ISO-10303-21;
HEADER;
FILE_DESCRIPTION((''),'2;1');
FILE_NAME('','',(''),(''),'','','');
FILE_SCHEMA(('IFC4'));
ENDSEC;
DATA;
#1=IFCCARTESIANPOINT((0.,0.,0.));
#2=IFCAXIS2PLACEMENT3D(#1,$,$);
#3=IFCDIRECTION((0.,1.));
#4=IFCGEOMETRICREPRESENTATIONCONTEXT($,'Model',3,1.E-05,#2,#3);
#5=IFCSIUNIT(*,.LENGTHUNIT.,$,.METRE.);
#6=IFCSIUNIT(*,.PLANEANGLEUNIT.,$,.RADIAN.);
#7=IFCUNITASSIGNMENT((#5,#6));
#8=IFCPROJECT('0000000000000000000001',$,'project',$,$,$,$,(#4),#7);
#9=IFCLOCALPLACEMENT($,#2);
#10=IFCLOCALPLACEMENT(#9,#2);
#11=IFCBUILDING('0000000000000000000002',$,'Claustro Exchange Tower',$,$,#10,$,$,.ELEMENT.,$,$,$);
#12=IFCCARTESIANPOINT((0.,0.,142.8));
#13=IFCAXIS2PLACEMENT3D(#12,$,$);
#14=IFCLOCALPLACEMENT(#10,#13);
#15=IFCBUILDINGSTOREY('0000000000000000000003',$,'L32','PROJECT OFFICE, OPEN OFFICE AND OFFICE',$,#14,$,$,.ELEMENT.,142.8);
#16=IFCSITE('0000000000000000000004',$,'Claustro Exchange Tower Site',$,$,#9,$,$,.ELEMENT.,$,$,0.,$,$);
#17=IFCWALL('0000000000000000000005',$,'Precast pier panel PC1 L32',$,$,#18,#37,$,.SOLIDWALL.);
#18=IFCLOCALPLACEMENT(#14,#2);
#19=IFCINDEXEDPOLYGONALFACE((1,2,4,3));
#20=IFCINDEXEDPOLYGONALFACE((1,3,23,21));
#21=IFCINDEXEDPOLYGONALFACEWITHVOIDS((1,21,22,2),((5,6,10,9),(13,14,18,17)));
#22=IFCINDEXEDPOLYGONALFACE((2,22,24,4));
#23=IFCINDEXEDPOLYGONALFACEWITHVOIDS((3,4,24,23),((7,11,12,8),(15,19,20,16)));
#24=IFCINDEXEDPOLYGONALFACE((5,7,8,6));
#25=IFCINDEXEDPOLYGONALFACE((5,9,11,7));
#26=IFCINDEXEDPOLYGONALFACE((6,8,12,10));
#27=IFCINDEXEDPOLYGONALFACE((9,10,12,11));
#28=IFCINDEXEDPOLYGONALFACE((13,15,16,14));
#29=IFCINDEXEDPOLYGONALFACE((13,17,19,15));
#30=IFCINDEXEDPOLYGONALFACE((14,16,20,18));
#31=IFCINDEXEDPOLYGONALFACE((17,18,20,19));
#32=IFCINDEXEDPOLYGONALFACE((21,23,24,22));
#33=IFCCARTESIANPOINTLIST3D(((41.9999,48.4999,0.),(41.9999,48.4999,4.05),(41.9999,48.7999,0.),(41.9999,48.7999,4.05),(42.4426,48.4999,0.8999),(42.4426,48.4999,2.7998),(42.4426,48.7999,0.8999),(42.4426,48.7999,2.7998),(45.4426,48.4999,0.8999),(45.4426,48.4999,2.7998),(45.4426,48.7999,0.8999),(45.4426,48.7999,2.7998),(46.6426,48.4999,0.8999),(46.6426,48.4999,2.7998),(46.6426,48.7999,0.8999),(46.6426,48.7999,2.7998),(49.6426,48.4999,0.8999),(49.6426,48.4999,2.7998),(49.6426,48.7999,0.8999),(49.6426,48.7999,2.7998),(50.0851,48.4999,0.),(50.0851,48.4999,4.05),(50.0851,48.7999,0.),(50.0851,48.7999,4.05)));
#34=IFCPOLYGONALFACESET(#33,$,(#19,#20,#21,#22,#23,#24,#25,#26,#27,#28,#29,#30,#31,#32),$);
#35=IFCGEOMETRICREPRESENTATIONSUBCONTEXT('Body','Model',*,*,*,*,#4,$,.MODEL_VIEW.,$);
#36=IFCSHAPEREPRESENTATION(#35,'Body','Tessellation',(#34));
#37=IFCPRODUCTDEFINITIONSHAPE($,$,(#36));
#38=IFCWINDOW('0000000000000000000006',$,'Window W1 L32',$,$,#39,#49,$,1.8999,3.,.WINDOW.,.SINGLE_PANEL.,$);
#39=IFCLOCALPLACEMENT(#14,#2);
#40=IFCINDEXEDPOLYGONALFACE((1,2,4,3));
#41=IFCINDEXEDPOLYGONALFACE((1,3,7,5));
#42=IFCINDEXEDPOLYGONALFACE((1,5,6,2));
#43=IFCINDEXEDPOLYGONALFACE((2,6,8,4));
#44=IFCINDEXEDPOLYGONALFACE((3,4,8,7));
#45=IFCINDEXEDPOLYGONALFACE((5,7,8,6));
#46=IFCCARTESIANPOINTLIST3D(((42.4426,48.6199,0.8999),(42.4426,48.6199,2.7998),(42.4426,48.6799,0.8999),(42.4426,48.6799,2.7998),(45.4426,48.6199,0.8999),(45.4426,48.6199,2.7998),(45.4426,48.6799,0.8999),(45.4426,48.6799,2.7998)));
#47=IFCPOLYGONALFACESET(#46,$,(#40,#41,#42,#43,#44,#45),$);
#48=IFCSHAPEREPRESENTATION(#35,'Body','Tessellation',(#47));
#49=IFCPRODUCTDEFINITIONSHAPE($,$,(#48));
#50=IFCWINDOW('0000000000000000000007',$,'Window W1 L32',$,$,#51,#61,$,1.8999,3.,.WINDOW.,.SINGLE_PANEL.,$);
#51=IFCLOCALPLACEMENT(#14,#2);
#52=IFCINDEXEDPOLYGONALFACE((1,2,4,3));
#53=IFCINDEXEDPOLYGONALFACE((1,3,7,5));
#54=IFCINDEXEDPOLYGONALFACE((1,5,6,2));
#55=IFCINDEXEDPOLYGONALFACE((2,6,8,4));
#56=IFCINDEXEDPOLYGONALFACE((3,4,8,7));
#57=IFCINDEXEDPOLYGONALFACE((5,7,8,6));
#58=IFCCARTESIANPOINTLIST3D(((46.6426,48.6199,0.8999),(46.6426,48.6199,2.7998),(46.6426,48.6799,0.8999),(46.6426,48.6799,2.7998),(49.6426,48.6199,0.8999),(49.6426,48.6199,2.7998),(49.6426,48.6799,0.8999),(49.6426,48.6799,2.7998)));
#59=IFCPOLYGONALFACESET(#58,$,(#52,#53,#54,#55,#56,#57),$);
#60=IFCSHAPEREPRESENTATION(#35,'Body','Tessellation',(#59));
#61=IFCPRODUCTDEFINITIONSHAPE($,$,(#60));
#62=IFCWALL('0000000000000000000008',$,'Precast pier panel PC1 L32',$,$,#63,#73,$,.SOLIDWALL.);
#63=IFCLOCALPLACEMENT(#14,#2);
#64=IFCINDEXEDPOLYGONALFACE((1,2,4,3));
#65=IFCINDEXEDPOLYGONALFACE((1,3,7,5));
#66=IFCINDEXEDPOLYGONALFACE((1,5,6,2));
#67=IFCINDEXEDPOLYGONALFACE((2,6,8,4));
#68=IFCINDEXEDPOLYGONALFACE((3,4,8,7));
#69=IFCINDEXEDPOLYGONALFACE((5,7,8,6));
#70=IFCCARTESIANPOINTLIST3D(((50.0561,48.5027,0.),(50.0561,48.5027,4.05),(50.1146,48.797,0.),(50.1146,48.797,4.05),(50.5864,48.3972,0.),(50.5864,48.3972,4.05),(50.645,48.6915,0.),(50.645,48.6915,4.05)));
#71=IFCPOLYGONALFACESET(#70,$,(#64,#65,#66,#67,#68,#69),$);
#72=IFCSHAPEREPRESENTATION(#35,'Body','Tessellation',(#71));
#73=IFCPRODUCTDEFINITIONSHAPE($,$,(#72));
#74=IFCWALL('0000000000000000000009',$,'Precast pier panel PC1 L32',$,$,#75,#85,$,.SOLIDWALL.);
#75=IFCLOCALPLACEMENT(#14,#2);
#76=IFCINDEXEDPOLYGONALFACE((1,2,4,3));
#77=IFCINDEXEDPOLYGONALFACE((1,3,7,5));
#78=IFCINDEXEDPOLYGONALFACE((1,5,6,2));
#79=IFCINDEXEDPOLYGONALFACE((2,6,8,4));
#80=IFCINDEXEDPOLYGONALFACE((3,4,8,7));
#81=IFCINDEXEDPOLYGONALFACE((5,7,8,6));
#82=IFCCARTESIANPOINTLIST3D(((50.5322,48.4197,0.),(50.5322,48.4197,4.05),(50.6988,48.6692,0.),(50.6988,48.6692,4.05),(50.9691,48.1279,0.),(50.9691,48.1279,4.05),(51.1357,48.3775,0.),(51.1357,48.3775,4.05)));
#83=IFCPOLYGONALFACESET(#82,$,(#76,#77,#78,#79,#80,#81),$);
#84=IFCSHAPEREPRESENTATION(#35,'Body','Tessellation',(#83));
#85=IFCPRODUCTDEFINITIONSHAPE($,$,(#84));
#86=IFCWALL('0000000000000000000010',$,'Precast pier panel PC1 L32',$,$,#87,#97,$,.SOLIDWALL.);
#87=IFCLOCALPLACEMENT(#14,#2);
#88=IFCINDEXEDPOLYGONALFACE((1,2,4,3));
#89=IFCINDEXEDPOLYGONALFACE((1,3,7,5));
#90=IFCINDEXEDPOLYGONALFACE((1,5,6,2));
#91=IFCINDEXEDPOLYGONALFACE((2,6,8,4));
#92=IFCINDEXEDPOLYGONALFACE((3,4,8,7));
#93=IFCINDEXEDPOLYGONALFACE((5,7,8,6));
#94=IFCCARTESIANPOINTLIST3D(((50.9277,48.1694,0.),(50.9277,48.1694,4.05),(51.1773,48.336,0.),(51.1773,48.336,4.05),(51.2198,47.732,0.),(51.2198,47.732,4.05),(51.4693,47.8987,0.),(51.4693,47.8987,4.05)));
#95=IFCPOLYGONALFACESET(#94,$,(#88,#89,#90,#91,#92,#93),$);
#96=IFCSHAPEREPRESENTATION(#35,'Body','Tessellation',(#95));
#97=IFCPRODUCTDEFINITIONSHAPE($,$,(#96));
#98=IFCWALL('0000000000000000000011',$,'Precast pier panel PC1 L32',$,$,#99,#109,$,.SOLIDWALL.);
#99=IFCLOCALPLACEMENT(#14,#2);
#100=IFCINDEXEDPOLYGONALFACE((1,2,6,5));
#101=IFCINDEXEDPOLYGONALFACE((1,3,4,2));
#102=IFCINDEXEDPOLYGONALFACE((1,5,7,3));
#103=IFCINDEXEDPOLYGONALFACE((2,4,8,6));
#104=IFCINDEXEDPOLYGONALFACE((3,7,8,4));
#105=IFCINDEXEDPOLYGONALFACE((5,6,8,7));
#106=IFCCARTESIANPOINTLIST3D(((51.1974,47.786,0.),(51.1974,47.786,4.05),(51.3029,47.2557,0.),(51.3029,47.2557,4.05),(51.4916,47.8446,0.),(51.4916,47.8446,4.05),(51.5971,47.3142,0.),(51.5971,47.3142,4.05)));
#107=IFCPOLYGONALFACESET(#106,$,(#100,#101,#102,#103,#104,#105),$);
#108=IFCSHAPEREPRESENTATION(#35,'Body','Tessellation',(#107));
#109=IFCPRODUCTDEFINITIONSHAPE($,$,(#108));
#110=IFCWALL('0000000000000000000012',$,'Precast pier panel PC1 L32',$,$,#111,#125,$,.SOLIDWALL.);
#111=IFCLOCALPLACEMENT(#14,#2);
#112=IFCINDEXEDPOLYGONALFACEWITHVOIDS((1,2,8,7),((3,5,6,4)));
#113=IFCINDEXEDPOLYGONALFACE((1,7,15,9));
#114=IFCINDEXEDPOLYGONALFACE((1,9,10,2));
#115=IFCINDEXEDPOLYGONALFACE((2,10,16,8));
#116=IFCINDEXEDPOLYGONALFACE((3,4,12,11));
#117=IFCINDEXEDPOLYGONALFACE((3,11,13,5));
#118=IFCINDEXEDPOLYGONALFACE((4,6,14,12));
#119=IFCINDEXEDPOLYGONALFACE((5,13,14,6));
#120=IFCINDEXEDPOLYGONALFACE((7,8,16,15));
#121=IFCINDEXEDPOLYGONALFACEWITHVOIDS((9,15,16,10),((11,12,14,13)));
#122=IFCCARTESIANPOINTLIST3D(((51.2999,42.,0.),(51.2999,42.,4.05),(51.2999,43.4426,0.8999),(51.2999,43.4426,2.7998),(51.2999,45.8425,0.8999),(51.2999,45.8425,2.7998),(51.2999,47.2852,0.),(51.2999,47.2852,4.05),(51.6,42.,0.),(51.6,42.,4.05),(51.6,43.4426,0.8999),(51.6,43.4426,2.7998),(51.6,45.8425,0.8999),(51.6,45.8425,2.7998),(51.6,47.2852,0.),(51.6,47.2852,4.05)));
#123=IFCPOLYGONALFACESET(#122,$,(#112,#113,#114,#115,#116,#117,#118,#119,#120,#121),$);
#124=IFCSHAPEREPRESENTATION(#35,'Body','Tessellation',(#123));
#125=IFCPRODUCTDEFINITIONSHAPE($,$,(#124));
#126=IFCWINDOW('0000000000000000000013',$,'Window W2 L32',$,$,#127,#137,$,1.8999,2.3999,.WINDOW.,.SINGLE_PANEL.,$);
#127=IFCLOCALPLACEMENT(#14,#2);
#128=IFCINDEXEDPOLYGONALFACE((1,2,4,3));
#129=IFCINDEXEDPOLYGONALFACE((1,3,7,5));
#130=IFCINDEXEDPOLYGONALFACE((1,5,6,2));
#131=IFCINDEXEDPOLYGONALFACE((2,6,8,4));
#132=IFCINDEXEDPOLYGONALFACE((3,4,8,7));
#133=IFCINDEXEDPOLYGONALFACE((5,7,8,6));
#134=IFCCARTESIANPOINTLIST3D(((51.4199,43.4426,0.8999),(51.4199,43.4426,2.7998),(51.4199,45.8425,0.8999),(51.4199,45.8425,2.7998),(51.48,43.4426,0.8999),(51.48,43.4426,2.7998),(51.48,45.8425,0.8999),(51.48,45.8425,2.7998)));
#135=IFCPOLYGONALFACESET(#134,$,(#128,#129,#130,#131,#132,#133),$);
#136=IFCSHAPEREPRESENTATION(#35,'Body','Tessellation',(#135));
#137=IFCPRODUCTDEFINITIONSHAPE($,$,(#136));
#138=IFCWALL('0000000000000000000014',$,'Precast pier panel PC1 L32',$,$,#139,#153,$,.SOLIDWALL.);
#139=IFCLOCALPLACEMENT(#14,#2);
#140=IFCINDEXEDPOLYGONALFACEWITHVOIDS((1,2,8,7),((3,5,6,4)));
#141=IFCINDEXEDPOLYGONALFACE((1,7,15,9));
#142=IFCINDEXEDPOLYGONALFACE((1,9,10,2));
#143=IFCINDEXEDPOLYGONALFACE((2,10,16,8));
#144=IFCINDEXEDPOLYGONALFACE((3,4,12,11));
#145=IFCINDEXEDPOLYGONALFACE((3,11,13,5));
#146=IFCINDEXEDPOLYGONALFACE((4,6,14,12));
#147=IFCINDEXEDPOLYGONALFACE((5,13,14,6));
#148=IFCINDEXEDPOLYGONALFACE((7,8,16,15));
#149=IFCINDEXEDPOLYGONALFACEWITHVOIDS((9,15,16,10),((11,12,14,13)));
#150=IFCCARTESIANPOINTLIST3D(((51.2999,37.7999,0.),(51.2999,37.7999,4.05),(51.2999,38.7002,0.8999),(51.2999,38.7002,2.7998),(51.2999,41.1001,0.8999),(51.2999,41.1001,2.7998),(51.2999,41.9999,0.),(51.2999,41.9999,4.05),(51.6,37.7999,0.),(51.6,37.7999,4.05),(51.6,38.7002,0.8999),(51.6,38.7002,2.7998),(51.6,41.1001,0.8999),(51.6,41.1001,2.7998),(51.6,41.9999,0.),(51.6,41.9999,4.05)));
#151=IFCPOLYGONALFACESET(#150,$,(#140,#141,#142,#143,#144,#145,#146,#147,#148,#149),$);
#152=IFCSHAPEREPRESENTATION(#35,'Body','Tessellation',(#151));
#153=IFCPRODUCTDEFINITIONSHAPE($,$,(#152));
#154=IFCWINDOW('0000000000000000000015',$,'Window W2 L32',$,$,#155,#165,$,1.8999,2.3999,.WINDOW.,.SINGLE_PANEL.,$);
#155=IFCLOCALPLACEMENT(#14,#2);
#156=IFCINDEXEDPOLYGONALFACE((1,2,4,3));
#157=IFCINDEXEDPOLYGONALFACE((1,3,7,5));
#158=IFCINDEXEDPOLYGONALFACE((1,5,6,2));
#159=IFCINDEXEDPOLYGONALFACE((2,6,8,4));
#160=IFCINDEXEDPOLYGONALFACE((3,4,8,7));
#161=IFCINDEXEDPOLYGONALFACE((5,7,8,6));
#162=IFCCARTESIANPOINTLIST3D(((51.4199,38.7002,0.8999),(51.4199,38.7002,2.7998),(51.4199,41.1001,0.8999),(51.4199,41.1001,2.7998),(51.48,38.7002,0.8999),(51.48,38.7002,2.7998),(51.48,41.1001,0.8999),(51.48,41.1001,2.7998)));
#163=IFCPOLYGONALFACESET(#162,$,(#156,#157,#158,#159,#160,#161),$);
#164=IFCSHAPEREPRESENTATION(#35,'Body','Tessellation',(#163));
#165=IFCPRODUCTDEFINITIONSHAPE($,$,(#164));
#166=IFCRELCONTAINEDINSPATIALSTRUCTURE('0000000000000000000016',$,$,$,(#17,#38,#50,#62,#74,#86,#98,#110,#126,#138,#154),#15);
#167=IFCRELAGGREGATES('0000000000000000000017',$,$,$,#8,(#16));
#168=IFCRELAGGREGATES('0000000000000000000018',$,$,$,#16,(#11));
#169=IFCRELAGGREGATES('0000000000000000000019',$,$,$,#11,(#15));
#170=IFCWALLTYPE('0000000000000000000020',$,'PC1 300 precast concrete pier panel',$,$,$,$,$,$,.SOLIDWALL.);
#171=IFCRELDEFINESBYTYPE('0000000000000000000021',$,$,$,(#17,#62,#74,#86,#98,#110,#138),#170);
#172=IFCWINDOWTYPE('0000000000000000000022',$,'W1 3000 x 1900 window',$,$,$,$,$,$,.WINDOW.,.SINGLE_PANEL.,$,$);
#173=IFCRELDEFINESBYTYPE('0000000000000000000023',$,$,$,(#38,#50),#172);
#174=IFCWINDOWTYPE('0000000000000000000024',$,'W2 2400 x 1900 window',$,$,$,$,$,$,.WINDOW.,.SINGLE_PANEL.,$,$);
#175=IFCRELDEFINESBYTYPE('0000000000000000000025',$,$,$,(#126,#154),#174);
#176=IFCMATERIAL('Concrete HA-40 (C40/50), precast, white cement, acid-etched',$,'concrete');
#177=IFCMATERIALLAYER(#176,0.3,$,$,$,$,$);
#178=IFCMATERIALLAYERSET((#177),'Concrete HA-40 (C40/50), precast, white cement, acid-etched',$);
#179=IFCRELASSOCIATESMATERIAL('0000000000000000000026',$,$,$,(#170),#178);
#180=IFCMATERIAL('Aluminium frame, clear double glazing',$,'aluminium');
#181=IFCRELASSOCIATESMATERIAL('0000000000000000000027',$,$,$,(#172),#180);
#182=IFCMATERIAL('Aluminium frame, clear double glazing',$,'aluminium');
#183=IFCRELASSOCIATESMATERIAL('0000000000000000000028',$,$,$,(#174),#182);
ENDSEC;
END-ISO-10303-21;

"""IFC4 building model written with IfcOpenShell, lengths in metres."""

from ifc_helpers import new_model, si_unit, direction, frame, frame_2d, origin, place, context, subcontext, project, spatial, rectangle, extrude, material, layer, layer_set, type_object, element, fill, save


model = new_model("IFC4")

# Units and contexts
model_context = context("Model", 3, precision=1e-05, world=origin(), true_north=direction((0.0, 1.0)))
body_context = subcontext(model_context, "Body", "Model", "MODEL_VIEW")
ifc_project = project(units=[si_unit("LENGTHUNIT", "METRE"), si_unit("PLANEANGLEUNIT", "RADIAN")], contexts=[model_context])

# Site, building, storey
site_placement = place(None, origin())
site = spatial("IfcSite", under=ifc_project, at=site_placement, Name="Claustro Exchange Tower Site", CompositionType="ELEMENT", RefElevation=0.0)
building_placement = place(site_placement, origin())
building = spatial("IfcBuilding", under=site, at=building_placement, Name="Claustro Exchange Tower", CompositionType="ELEMENT")
storey_placement = place(building_placement, frame((0.0, 0.0, 142.8)))
storey = spatial("IfcBuildingStorey", under=building, at=storey_placement, Name="L32", Description="PROJECT OFFICE, OPEN OFFICE AND OFFICE", CompositionType="ELEMENT", Elevation=142.8)

# Wall, openings, windows
ifc_material_1 = material(Name="Concrete HA-40 (C40/50), precast, white cement, acid-etched", Category="concrete")
ifc_layer_1 = layer(ifc_material_1, 0.3)
ifc_layer_set_1 = layer_set([ifc_layer_1], Name="Concrete HA-40 (C40/50), precast, white cement, acid-etched")
wall_type_1 = type_object("IfcWallType", Name="PC1 300 precast concrete pier panel", PredefinedType="SOLIDWALL", material=ifc_layer_set_1)
wall_1_placement = place(storey_placement, frame((42.0, 48.6499, 0.0), z_axis=(0.0, 0.0, 1.0), x_axis=(1.0, 0.0, 0.0)))
wall_1 = element("IfcWall", 1, at=wall_1_placement, inside=storey, type_object=wall_type_1, Name="Precast pier panel PC1 L32", PredefinedType="SOLIDWALL", context=body_context, shape_type="SweptSolid", body=[
    extrude(rectangle(XDim=8.0852, YDim=0.3, at=frame_2d((4.0425, 0.0))), origin(), (0.0, 0.0, 1.0), 4.05),
])
opening_1_placement = place(wall_1_placement, frame((0.4426, 0.0, 0.8999)))
opening_1 = element("IfcOpeningElement", 2, at=opening_1_placement, cuts=wall_1, PredefinedType="OPENING", context=body_context, shape_type="SweptSolid", body=[
    extrude(rectangle(XDim=3.0, YDim=1.8999, at=frame_2d((1.5, 0.95))), frame((0.0, 0.1599, 0.0), z_axis=(0.0, -1.0, 0.0), x_axis=(1.0, 0.0, 0.0)), (0.0, 0.0, 1.0), 0.3201),
])
opening_2_placement = place(wall_1_placement, frame((4.6426, 0.0, 0.8999)))
opening_2 = element("IfcOpeningElement", 3, at=opening_2_placement, cuts=wall_1, PredefinedType="OPENING", context=body_context, shape_type="SweptSolid", body=[
    extrude(rectangle(XDim=3.0, YDim=1.8999, at=frame_2d((1.5, 0.95))), frame((0.0, 0.1599, 0.0), z_axis=(0.0, -1.0, 0.0), x_axis=(1.0, 0.0, 0.0)), (0.0, 0.0, 1.0), 0.3201),
])
ifc_material_2 = material(Name="Aluminium frame, clear double glazing", Category="aluminium")
window_type_1 = type_object("IfcWindowType", Name="W1 3000 x 1900 window", PartitioningType="SINGLE_PANEL", PredefinedType="WINDOW", material=ifc_material_2)
window_1_placement = place(opening_1_placement, origin())
window_1 = element("IfcWindow", 4, at=window_1_placement, inside=storey, type_object=window_type_1, Name="Window W1 L32", OverallHeight=1.8999, OverallWidth=3.0, PartitioningType="SINGLE_PANEL", PredefinedType="WINDOW", context=body_context, shape_type="SweptSolid", body=[
    extrude(rectangle(XDim=3.0, YDim=1.8999, at=frame_2d((1.5, 0.95))), frame((0.0, 0.03, 0.0), z_axis=(0.0, -1.0, 0.0), x_axis=(1.0, 0.0, 0.0)), (0.0, 0.0, 1.0), 0.0601),
])
fill(opening_1, window_1)
window_2_placement = place(opening_2_placement, origin())
window_2 = element("IfcWindow", 5, at=window_2_placement, inside=storey, type_object=window_type_1, Name="Window W1 L32", OverallHeight=1.8999, OverallWidth=3.0, PartitioningType="SINGLE_PANEL", PredefinedType="WINDOW", context=body_context, shape_type="SweptSolid", body=[
    extrude(rectangle(XDim=3.0, YDim=1.8999, at=frame_2d((1.5, 0.95))), frame((0.0, 0.03, 0.0), z_axis=(0.0, -1.0, 0.0), x_axis=(1.0, 0.0, 0.0)), (0.0, 0.0, 1.0), 0.0601),
])
fill(opening_2, window_2)

# Walls
wall_2_placement = place(storey_placement, frame((50.0852, 48.6499, 0.0), z_axis=(0.0, 0.0, 1.0), x_axis=(0.980789, -0.195074, 0.0)))
element("IfcWall", 6, at=wall_2_placement, inside=storey, type_object=wall_type_1, Name="Precast pier panel PC1 L32", PredefinedType="SOLIDWALL", context=body_context, shape_type="SweptSolid", body=[
    extrude(rectangle(XDim=0.5408, YDim=0.3, at=frame_2d((0.2705, 0.0))), origin(), (0.0, 0.0, 1.0), 4.05),
])
wall_3_placement = place(storey_placement, frame((50.6155, 48.5444, 0.0), z_axis=(0.0, 0.0, 1.0), x_axis=(0.831693, -0.555236, 0.0)))
element("IfcWall", 7, at=wall_3_placement, inside=storey, type_object=wall_type_1, Name="Precast pier panel PC1 L32", PredefinedType="SOLIDWALL", context=body_context, shape_type="SweptSolid", body=[
    extrude(rectangle(XDim=0.5254, YDim=0.3, at=frame_2d((0.2627, 0.0))), origin(), (0.0, 0.0, 1.0), 4.05),
])
wall_4_placement = place(storey_placement, frame((51.0525, 48.2527, 0.0), z_axis=(0.0, 0.0, 1.0), x_axis=(0.555343, -0.831621, 0.0)))
element("IfcWall", 8, at=wall_4_placement, inside=storey, type_object=wall_type_1, Name="Precast pier panel PC1 L32", PredefinedType="SOLIDWALL", context=body_context, shape_type="SweptSolid", body=[
    extrude(rectangle(XDim=0.5259, YDim=0.3, at=frame_2d((0.2629, 0.0))), origin(), (0.0, 0.0, 1.0), 4.05),
])
wall_5_placement = place(storey_placement, frame((51.3445, 47.8154, 0.0), z_axis=(0.0, 0.0, 1.0), x_axis=(0.195074, -0.980789, 0.0)))
element("IfcWall", 9, at=wall_5_placement, inside=storey, type_object=wall_type_1, Name="Precast pier panel PC1 L32", PredefinedType="SOLIDWALL", context=body_context, shape_type="SweptSolid", body=[
    extrude(rectangle(XDim=0.5408, YDim=0.3, at=frame_2d((0.2705, 0.0))), origin(), (0.0, 0.0, 1.0), 4.05),
])

# Walls, openings, windows
wall_6_placement = place(storey_placement, frame((51.45, 47.2852, 0.0), z_axis=(0.0, 0.0, 1.0), x_axis=(0.0, -1.0, 0.0)))
wall_6 = element("IfcWall", 10, at=wall_6_placement, inside=storey, type_object=wall_type_1, Name="Precast pier panel PC1 L32", PredefinedType="SOLIDWALL", context=body_context, shape_type="SweptSolid", body=[
    extrude(rectangle(XDim=5.2852, YDim=0.3, at=frame_2d((2.6426, 0.0))), origin(), (0.0, 0.0, 1.0), 4.05),
])
opening_3_placement = place(wall_6_placement, frame((1.4426, 0.0, 0.8999)))
opening_3 = element("IfcOpeningElement", 11, at=opening_3_placement, cuts=wall_6, PredefinedType="OPENING", context=body_context, shape_type="SweptSolid", body=[
    extrude(rectangle(XDim=2.3999, YDim=1.8999, at=frame_2d((1.2, 0.95))), frame((0.0, 0.1599, 0.0), z_axis=(0.0, -1.0, 0.0), x_axis=(1.0, 0.0, 0.0)), (0.0, 0.0, 1.0), 0.3201),
])
ifc_material_3 = material(Name="Aluminium frame, clear double glazing", Category="aluminium")
window_type_2 = type_object("IfcWindowType", Name="W2 2400 x 1900 window", PartitioningType="SINGLE_PANEL", PredefinedType="WINDOW", material=ifc_material_3)
window_3_placement = place(opening_3_placement, origin())
window_3 = element("IfcWindow", 12, at=window_3_placement, inside=storey, type_object=window_type_2, Name="Window W2 L32", OverallHeight=1.8999, OverallWidth=2.3999, PartitioningType="SINGLE_PANEL", PredefinedType="WINDOW", context=body_context, shape_type="SweptSolid", body=[
    extrude(rectangle(XDim=2.3999, YDim=1.8999, at=frame_2d((1.2, 0.95))), frame((0.0, 0.03, 0.0), z_axis=(0.0, -1.0, 0.0), x_axis=(1.0, 0.0, 0.0)), (0.0, 0.0, 1.0), 0.0601),
])
fill(opening_3, window_3)
wall_7_placement = place(storey_placement, frame((51.45, 42.0, 0.0), z_axis=(0.0, 0.0, 1.0), x_axis=(0.0, -1.0, 0.0)))
wall_7 = element("IfcWall", 13, at=wall_7_placement, inside=storey, type_object=wall_type_1, Name="Precast pier panel PC1 L32", PredefinedType="SOLIDWALL", context=body_context, shape_type="SweptSolid", body=[
    extrude(rectangle(XDim=4.2, YDim=0.3, at=frame_2d((2.1001, 0.0))), origin(), (0.0, 0.0, 1.0), 4.05),
])
opening_4_placement = place(wall_7_placement, frame((0.8999, 0.0, 0.8999)))
opening_4 = element("IfcOpeningElement", 14, at=opening_4_placement, cuts=wall_7, PredefinedType="OPENING", context=body_context, shape_type="SweptSolid", body=[
    extrude(rectangle(XDim=2.3999, YDim=1.8999, at=frame_2d((1.2, 0.95))), frame((0.0, 0.1599, 0.0), z_axis=(0.0, -1.0, 0.0), x_axis=(1.0, 0.0, 0.0)), (0.0, 0.0, 1.0), 0.3201),
])
window_4_placement = place(opening_4_placement, origin())
window_4 = element("IfcWindow", 15, at=window_4_placement, inside=storey, type_object=window_type_2, Name="Window W2 L32", OverallHeight=1.8999, OverallWidth=2.3999, PartitioningType="SINGLE_PANEL", PredefinedType="WINDOW", context=body_context, shape_type="SweptSolid", body=[
    extrude(rectangle(XDim=2.3999, YDim=1.8999, at=frame_2d((1.2, 0.95))), frame((0.0, 0.03, 0.0), z_axis=(0.0, -1.0, 0.0), x_axis=(1.0, 0.0, 0.0)), (0.0, 0.0, 1.0), 0.0601),
])
fill(opening_4, window_4)

save(model, "model.ifc")
